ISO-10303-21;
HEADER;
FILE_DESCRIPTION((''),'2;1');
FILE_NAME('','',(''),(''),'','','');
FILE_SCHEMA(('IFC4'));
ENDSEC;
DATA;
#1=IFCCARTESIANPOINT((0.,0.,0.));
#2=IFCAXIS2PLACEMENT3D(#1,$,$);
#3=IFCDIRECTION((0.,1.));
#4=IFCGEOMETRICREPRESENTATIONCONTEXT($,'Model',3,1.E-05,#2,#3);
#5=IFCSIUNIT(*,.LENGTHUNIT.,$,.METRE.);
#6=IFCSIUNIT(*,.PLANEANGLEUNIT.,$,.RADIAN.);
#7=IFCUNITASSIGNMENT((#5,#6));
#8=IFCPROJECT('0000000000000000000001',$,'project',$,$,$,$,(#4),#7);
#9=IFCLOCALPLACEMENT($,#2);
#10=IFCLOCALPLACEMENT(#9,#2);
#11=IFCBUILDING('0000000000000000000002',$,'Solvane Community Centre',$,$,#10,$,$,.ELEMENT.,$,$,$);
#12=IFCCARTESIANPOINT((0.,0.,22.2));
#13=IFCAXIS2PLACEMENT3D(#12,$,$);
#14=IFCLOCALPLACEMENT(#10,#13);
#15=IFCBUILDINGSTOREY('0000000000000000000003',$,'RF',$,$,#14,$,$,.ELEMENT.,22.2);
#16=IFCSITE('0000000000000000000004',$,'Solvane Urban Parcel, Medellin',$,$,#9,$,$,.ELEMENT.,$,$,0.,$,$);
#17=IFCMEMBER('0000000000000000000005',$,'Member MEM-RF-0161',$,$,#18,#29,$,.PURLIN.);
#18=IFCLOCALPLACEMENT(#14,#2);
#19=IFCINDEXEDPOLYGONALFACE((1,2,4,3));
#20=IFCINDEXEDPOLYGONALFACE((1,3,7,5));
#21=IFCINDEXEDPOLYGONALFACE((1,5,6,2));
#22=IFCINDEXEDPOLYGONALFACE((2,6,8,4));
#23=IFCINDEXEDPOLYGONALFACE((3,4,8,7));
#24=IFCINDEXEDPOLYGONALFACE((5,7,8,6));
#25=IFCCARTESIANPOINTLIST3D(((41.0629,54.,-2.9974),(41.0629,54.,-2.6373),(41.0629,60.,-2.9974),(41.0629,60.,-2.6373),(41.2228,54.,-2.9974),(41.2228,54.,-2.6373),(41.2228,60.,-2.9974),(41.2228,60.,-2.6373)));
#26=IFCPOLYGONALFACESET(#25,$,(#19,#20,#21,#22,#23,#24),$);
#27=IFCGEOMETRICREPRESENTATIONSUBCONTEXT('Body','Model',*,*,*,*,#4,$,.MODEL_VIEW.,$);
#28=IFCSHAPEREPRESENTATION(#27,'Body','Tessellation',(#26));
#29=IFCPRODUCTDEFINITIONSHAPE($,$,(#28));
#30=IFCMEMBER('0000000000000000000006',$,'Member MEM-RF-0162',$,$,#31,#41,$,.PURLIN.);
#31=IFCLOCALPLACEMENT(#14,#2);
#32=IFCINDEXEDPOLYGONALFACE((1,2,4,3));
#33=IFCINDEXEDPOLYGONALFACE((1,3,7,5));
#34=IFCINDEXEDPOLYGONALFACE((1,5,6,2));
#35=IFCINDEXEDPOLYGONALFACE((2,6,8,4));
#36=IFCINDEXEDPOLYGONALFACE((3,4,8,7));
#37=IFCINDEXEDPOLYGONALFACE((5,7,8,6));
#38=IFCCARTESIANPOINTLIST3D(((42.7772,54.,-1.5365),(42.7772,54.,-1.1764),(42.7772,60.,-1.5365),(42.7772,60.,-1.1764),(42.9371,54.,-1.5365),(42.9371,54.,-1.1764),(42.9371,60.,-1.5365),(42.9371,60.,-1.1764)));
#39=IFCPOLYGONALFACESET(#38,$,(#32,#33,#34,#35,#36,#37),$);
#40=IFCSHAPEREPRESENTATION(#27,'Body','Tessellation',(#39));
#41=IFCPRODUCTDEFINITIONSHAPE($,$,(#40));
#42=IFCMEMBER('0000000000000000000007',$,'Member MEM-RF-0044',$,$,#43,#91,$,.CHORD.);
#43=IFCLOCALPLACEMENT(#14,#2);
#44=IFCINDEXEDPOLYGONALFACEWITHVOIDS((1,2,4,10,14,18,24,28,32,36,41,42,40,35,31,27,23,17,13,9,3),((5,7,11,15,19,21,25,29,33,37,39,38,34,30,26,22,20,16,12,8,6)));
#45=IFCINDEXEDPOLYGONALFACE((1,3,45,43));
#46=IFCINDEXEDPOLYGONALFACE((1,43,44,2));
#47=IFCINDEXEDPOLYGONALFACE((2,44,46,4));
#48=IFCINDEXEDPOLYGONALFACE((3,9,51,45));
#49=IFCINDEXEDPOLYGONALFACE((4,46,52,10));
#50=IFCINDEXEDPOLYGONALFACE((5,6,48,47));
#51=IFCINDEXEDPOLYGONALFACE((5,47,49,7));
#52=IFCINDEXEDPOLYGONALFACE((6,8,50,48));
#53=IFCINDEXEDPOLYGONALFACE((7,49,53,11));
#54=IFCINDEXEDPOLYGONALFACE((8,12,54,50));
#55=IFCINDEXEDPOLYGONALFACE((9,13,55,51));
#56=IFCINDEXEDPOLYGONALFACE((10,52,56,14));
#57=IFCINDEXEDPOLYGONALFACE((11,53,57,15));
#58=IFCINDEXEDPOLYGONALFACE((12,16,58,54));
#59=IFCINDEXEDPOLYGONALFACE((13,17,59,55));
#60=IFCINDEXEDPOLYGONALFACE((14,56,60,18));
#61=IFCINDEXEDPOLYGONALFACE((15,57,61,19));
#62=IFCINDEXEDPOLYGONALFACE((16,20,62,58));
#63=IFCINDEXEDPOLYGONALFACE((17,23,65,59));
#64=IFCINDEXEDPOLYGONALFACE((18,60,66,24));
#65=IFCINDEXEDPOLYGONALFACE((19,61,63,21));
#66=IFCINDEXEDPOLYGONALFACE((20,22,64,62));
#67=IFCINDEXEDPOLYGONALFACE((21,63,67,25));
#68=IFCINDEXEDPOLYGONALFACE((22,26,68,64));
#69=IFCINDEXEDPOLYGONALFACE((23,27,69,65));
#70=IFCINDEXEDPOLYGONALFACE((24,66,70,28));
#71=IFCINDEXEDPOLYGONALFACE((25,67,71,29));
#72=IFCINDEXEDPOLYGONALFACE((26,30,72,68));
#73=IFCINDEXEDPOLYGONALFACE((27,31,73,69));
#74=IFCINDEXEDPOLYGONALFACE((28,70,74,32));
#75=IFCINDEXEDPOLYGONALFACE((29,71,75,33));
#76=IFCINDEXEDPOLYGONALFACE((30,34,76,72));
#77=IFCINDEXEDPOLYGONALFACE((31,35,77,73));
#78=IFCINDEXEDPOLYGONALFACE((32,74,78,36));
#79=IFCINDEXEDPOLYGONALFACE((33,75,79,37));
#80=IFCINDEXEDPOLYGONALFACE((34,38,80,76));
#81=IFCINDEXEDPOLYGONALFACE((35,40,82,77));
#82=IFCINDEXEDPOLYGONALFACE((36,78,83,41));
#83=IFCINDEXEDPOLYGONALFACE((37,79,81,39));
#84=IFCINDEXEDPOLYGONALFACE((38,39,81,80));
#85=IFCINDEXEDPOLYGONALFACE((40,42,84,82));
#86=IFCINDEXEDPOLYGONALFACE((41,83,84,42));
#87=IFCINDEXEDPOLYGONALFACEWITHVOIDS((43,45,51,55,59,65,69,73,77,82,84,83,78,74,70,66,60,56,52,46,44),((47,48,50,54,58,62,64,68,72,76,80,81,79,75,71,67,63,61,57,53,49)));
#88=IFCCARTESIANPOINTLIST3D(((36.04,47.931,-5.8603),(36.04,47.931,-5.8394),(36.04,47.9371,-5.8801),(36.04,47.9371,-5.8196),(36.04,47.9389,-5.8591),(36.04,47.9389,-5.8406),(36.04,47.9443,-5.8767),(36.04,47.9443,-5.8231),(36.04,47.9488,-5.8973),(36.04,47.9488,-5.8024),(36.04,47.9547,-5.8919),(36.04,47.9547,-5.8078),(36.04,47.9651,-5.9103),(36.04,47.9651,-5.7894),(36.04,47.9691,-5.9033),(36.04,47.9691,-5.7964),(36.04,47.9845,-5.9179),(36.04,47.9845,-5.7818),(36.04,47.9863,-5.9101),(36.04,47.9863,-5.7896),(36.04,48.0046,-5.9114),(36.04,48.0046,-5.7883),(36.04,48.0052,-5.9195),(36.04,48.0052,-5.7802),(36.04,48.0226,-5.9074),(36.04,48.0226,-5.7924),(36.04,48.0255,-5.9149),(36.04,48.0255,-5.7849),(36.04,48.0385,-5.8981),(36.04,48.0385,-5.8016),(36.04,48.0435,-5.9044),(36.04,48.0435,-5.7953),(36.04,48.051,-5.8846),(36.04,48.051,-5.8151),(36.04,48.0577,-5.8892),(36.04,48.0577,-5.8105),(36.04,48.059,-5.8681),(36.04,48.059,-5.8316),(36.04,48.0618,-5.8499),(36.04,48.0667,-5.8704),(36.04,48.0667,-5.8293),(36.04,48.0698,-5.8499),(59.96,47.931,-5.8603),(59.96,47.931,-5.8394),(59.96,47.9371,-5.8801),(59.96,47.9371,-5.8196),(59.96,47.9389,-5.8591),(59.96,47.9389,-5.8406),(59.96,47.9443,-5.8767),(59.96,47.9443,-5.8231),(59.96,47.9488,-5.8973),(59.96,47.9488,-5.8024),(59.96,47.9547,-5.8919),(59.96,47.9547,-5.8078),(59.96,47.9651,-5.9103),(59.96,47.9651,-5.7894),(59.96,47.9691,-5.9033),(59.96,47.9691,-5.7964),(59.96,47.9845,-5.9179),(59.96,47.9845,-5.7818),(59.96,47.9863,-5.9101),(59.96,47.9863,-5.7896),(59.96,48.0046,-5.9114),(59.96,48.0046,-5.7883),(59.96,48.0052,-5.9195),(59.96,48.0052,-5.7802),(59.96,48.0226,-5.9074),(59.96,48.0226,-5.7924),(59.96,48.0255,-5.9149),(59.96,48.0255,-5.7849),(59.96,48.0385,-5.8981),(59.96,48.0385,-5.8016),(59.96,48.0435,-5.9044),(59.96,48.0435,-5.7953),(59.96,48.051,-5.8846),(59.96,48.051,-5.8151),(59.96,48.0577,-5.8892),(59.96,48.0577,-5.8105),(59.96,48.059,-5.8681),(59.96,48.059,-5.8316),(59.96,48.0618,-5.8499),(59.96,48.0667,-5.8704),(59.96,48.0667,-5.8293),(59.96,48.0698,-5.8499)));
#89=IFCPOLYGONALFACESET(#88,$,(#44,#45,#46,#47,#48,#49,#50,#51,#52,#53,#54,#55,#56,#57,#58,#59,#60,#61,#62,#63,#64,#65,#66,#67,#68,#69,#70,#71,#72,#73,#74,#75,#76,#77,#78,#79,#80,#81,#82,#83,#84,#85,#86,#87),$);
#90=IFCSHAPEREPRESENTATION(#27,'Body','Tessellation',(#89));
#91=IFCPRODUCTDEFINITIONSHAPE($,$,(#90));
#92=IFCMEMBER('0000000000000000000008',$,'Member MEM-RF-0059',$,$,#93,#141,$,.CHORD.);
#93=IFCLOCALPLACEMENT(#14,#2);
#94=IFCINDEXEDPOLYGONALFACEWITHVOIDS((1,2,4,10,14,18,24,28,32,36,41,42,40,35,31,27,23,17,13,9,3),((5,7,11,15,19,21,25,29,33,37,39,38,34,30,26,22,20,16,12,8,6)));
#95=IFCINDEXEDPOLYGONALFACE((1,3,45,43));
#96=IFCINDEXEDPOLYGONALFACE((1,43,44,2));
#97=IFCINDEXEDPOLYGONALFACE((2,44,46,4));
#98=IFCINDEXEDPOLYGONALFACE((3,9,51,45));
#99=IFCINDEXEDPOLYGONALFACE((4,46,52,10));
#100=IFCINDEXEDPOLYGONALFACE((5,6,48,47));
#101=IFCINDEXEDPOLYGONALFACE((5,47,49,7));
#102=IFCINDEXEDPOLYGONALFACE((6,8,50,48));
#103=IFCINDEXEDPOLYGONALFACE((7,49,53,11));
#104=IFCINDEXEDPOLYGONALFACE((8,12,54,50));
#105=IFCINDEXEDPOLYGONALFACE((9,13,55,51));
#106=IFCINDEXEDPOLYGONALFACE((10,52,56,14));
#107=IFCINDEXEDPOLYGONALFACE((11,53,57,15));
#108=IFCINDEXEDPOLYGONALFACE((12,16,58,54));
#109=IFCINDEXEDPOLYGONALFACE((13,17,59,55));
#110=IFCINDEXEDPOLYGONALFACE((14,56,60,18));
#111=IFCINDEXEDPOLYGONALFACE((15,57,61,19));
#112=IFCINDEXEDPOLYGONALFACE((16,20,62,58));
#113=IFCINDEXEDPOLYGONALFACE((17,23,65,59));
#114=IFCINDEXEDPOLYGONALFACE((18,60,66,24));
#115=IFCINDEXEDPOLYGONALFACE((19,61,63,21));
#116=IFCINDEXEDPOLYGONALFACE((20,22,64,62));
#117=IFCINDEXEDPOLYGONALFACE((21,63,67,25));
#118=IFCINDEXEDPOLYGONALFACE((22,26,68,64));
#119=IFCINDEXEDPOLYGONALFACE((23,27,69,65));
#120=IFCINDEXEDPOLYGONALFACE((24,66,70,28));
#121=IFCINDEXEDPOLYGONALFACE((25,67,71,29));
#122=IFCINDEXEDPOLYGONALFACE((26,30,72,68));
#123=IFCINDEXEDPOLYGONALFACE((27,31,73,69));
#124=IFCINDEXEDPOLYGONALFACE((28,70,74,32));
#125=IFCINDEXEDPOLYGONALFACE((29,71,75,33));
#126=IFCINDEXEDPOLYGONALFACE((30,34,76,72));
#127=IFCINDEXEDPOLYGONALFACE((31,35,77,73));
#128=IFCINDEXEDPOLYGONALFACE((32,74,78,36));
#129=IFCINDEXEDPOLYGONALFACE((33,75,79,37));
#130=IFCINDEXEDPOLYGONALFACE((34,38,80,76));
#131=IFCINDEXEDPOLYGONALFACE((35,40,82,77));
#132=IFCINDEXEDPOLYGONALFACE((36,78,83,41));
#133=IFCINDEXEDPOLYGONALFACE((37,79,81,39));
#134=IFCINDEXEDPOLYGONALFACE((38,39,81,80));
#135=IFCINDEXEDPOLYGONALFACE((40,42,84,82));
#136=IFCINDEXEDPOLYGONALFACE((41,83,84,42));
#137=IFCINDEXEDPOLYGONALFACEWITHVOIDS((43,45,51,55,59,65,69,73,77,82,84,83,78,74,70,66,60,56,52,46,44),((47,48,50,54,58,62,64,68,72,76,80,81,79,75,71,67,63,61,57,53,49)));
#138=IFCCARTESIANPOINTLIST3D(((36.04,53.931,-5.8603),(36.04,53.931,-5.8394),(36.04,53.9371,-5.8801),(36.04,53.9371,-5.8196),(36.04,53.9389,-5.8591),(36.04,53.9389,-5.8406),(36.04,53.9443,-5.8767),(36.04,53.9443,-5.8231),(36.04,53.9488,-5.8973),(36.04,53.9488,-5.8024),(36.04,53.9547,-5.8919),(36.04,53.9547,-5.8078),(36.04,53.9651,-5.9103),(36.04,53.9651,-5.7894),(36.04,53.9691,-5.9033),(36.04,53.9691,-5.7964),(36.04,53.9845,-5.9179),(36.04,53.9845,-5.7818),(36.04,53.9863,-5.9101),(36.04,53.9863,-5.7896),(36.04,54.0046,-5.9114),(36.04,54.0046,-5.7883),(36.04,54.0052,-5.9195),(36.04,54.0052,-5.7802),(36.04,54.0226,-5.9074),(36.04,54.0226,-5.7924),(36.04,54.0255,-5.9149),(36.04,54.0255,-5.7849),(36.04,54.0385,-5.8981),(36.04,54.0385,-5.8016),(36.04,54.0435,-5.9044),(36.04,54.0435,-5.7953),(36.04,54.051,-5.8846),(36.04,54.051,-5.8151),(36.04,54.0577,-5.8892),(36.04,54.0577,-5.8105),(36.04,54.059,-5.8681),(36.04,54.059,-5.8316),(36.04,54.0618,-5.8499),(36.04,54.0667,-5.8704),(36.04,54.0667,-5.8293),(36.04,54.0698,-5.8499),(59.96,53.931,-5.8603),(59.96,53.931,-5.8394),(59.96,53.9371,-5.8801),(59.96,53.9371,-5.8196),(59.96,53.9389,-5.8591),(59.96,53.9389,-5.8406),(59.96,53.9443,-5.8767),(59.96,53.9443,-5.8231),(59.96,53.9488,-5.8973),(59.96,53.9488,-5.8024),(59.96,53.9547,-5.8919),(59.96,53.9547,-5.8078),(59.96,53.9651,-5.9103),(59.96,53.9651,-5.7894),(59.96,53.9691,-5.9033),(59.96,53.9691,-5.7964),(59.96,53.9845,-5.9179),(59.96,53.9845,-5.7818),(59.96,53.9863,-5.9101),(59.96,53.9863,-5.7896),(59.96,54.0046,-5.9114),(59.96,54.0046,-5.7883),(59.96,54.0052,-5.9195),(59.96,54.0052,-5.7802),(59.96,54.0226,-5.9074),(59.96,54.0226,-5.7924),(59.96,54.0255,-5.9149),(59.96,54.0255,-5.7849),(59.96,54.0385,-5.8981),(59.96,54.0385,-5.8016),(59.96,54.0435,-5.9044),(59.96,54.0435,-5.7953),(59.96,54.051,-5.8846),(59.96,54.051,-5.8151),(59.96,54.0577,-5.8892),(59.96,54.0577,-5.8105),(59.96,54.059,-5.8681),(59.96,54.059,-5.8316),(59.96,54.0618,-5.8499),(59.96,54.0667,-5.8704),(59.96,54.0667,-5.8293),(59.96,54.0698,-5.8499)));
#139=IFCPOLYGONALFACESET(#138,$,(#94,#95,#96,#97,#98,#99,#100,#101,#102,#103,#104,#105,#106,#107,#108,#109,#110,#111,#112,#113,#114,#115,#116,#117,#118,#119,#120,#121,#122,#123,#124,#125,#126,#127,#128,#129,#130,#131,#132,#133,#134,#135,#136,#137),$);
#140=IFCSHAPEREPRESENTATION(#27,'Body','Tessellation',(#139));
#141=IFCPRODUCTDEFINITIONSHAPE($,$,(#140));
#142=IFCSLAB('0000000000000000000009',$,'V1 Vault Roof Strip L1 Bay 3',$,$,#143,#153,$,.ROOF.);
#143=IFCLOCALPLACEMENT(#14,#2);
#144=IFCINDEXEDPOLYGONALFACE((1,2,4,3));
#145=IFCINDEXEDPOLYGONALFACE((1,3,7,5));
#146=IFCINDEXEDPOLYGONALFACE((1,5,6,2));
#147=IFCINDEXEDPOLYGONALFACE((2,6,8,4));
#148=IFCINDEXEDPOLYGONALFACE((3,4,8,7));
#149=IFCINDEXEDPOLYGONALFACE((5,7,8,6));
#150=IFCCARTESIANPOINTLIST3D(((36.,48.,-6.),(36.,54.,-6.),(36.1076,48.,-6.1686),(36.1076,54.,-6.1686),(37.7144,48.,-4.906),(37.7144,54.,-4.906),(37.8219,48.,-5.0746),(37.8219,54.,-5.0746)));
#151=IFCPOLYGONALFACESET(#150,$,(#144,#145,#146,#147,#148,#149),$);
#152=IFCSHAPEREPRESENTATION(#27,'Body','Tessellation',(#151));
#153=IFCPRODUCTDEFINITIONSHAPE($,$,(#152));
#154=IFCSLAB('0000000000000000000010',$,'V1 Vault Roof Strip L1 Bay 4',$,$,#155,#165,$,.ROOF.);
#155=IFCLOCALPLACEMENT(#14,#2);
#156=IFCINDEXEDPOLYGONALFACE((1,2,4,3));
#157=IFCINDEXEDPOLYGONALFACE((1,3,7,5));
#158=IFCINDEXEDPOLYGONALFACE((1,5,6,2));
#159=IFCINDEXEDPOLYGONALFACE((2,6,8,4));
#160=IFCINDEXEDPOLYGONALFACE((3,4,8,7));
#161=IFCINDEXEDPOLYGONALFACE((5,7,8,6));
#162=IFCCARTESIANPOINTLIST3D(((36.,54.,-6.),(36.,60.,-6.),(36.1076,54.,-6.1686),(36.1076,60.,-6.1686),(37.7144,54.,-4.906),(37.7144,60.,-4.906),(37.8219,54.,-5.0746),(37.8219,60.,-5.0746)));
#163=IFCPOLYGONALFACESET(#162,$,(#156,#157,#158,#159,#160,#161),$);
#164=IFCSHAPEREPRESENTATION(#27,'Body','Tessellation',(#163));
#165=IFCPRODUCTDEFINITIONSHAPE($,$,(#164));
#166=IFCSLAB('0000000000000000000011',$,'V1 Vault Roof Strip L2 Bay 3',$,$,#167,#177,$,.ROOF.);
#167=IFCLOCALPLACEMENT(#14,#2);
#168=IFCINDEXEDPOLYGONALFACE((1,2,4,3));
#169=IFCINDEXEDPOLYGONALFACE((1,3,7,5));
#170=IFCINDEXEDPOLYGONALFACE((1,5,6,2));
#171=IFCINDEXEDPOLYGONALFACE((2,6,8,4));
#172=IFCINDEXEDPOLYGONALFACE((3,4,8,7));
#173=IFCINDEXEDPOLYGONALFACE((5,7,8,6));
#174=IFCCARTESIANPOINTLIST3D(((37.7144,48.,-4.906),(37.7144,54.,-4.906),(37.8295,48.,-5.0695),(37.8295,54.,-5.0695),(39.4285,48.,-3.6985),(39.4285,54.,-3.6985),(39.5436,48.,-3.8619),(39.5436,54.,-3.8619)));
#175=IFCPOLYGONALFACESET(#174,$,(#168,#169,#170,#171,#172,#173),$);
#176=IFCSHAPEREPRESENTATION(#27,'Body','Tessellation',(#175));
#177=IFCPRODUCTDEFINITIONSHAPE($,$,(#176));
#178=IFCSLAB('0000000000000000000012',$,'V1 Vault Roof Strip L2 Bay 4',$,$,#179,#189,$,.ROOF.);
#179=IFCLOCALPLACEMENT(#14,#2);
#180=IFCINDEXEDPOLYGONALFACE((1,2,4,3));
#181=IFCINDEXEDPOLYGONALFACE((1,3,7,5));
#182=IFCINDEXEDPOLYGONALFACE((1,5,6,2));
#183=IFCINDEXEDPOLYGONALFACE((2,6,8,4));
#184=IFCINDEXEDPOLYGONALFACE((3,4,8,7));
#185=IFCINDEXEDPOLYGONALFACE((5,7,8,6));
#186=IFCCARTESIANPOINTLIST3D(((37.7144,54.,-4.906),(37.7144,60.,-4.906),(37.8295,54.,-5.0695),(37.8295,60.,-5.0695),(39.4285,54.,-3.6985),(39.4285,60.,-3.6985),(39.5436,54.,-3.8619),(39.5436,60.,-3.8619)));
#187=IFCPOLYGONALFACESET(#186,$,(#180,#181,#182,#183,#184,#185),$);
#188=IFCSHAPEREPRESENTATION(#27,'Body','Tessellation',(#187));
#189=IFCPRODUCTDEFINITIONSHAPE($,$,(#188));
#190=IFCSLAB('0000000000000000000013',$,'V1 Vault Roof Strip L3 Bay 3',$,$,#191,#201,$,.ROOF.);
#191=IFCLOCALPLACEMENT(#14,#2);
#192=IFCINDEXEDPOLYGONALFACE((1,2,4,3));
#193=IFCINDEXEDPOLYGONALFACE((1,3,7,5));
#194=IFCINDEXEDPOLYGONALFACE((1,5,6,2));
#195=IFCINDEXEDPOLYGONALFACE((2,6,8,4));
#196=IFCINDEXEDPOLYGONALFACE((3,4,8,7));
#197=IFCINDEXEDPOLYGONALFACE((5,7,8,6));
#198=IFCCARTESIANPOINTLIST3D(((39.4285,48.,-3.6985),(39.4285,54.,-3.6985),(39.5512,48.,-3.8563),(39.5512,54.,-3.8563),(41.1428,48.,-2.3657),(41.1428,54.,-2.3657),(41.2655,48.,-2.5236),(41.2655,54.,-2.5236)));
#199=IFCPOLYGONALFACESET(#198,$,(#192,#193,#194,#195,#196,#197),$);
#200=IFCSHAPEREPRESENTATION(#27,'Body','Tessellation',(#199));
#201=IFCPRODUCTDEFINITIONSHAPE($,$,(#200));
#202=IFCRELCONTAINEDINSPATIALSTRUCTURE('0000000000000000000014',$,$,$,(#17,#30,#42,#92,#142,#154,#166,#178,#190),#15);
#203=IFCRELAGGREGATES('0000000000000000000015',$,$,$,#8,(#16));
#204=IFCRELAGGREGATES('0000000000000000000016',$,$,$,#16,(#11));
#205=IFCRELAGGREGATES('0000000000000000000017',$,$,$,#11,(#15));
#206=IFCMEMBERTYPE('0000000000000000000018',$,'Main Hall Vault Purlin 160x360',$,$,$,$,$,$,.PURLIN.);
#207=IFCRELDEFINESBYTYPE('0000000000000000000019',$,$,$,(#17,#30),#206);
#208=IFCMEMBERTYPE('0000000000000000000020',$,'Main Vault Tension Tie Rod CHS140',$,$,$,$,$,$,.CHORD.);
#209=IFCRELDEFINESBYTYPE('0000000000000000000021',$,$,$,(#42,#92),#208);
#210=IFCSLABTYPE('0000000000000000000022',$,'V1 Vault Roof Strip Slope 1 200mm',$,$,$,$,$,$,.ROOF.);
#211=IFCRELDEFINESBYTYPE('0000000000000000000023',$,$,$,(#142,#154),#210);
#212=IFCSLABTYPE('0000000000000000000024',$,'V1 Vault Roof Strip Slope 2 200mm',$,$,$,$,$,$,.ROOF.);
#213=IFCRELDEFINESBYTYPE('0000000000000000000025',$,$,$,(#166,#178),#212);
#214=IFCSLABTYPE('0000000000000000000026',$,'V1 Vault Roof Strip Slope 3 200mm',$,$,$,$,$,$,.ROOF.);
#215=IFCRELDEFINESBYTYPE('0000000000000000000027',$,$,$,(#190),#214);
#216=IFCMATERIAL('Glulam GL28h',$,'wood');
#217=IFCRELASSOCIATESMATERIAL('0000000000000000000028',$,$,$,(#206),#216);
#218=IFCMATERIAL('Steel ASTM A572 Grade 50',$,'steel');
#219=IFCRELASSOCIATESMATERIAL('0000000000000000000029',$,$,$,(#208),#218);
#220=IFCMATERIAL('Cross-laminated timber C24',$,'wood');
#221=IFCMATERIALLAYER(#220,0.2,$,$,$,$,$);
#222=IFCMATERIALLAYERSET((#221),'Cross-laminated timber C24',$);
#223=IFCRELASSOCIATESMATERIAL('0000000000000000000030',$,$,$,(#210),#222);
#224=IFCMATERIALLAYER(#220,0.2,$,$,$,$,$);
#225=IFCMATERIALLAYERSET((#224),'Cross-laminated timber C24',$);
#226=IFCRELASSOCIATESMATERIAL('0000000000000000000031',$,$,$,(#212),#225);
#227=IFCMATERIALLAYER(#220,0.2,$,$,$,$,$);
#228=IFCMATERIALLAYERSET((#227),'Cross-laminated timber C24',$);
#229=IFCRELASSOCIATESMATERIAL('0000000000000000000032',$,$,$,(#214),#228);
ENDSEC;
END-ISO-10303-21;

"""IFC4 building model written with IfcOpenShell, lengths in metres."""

from ifc_helpers import new_model, si_unit, direction, frame, origin, origin_2d, place, context, subcontext, project, spatial, polyline, rectangle, hollow_circle, outline, extrude, material, layer, layer_set, material_profile, profile_set, type_object, element, save


model = new_model("IFC4")

# Units and contexts
model_context = context("Model", 3, precision=1e-05, world=origin(), true_north=direction((0.0, 1.0)))
body_context = subcontext(model_context, "Body", "Model", "MODEL_VIEW")
ifc_project = project(units=[si_unit("LENGTHUNIT", "METRE"), si_unit("PLANEANGLEUNIT", "RADIAN")], contexts=[model_context])

# Site, building, storey
site_placement = place(None, origin())
site = spatial("IfcSite", under=ifc_project, at=site_placement, Name="Solvane Urban Parcel, Medellin", CompositionType="ELEMENT", RefElevation=0.0)
building_placement = place(site_placement, origin())
building = spatial("IfcBuilding", under=site, at=building_placement, Name="Solvane Community Centre", CompositionType="ELEMENT")
storey_placement = place(building_placement, frame((0.0, 0.0, 22.2)))
storey = spatial("IfcBuildingStorey", under=building, at=storey_placement, Name="RF", CompositionType="ELEMENT", Elevation=22.2)

# Members
ifc_material_1 = material(Name="Glulam GL28h", Category="wood")
ifc_material_profile_1 = material_profile(ifc_material_1, rectangle(XDim=0.1599, YDim=0.3601, at=origin_2d()), Name="GL28h 160x360")
ifc_profile_set_1 = profile_set([ifc_material_profile_1], Name="Glulam GL28h")
member_type_1 = type_object("IfcMemberType", Name="Main Hall Vault Purlin 160x360", PredefinedType="PURLIN", material=ifc_profile_set_1)
for number, where, z_axis, x_axis, name in (
    (1, (41.1428, 54.0, -2.8174), (0.0, 1.0, 0.0), (-1.0, 0.0, 0.0), "Member MEM-RF-0161"),
    (2, (42.8572, 54.0, -1.3564), (0.0, 1.0, 0.0), (-1.0, 0.0, 0.0), "Member MEM-RF-0162"),
):
    element("IfcMember", number, at=place(storey_placement, frame(where, z_axis=z_axis, x_axis=x_axis)), inside=storey, type_object=member_type_1, Name=name, PredefinedType="PURLIN", context=body_context, shape_type="SweptSolid", body=[
        extrude(rectangle(XDim=0.1599, YDim=0.3601, at=origin_2d()), origin(), (0.0, 0.0, 1.0), 6.0),
    ])
ifc_material_2 = material(Name="Steel ASTM A572 Grade 50", Category="steel")
ifc_material_profile_2 = material_profile(ifc_material_2, hollow_circle(Radius=0.0698, WallThickness=0.0081, at=origin_2d()), Name="CHS 139.7x8.0")
ifc_profile_set_2 = profile_set([ifc_material_profile_2], Name="Steel ASTM A572 Grade 50")
member_type_2 = type_object("IfcMemberType", Name="Main Vault Tension Tie Rod CHS140", PredefinedType="CHORD", material=ifc_profile_set_2)
for number, where, z_axis, x_axis, name in (
    (3, (36.04, 48.0, -5.8499), (1.0, 0.0, 0.0), (0.0, 1.0, 0.0), "Member MEM-RF-0044"),
    (4, (36.04, 54.0, -5.8499), (1.0, 0.0, 0.0), (0.0, 1.0, 0.0), "Member MEM-RF-0059"),
):
    element("IfcMember", number, at=place(storey_placement, frame(where, z_axis=z_axis, x_axis=x_axis)), inside=storey, type_object=member_type_2, Name=name, PredefinedType="CHORD", context=body_context, shape_type="SweptSolid", body=[
        extrude(hollow_circle(Radius=0.0698, WallThickness=0.0081, at=origin_2d()), origin(), (0.0, 0.0, 1.0), 23.9199),
    ])

# Slabs
ifc_material_3 = material(Name="Cross-laminated timber C24", Category="wood")
ifc_layer_1 = layer(ifc_material_3, 0.2)
ifc_layer_set_1 = layer_set([ifc_layer_1], Name="Cross-laminated timber C24")
slab_type_1 = type_object("IfcSlabType", Name="V1 Vault Roof Strip Slope 1 200mm", PredefinedType="ROOF", material=ifc_layer_set_1)
for number, where, z_axis, x_axis, name in (
    (5, (36.0, 48.0, -6.0), (-0.537939, 0.0, 0.842984), (0.842984, 0.0, 0.537939), "V1 Vault Roof Strip L1 Bay 3"),
    (6, (36.0, 54.0, -6.0), (-0.537939, 0.0, 0.842984), (0.842984, 0.0, 0.537939), "V1 Vault Roof Strip L1 Bay 4"),
):
    element("IfcSlab", number, at=place(storey_placement, frame(where, z_axis=z_axis, x_axis=x_axis)), inside=storey, type_object=slab_type_1, Name=name, PredefinedType="ROOF", context=body_context, shape_type="SweptSolid", body=[
        extrude(outline(polyline([(0.0, 0.0), (2.0337, 0.0), (2.0337, 6.0), (0.0, 6.0), (0.0, 0.0)])), origin(), (0.0, 0.0, -1.0), 0.2),
    ])
ifc_layer_2 = layer(ifc_material_3, 0.2)
ifc_layer_set_2 = layer_set([ifc_layer_2], Name="Cross-laminated timber C24")
slab_type_2 = type_object("IfcSlabType", Name="V1 Vault Roof Strip Slope 2 200mm", PredefinedType="ROOF", material=ifc_layer_set_2)
for number, where, z_axis, x_axis, name in (
    (7, (37.7144, 48.0, -4.906), (-0.575906, 0.0, 0.817516), (0.817516, 0.0, 0.575906), "V1 Vault Roof Strip L2 Bay 3"),
    (8, (37.7144, 54.0, -4.906), (-0.575906, 0.0, 0.817516), (0.817516, 0.0, 0.575906), "V1 Vault Roof Strip L2 Bay 4"),
):
    element("IfcSlab", number, at=place(storey_placement, frame(where, z_axis=z_axis, x_axis=x_axis)), inside=storey, type_object=slab_type_2, Name=name, PredefinedType="ROOF", context=body_context, shape_type="SweptSolid", body=[
        extrude(outline(polyline([(0.0, 0.0), (2.0967, 0.0), (2.0967, 6.0), (0.0, 6.0), (0.0, 0.0)])), origin(), (0.0, 0.0, -1.0), 0.2),
    ])
ifc_layer_3 = layer(ifc_material_3, 0.2)
ifc_layer_set_3 = layer_set([ifc_layer_3], Name="Cross-laminated timber C24")
slab_type_3 = type_object("IfcSlabType", Name="V1 Vault Roof Strip Slope 3 200mm", PredefinedType="ROOF", material=ifc_layer_set_3)
for number, where, z_axis, x_axis, name in (
    (9, (39.4285, 48.0, -3.6985), (-0.613762, 0.0, 0.789491), (0.789491, 0.0, 0.613762), "V1 Vault Roof Strip L3 Bay 3"),
):
    element("IfcSlab", number, at=place(storey_placement, frame(where, z_axis=z_axis, x_axis=x_axis)), inside=storey, type_object=slab_type_3, Name=name, PredefinedType="ROOF", context=body_context, shape_type="SweptSolid", body=[
        extrude(outline(polyline([(0.0, 0.0), (2.1715, 0.0), (2.1715, 6.0), (0.0, 6.0), (0.0, 0.0)])), origin(), (0.0, 0.0, -1.0), 0.2),
    ])

save(model, "model.ifc")
